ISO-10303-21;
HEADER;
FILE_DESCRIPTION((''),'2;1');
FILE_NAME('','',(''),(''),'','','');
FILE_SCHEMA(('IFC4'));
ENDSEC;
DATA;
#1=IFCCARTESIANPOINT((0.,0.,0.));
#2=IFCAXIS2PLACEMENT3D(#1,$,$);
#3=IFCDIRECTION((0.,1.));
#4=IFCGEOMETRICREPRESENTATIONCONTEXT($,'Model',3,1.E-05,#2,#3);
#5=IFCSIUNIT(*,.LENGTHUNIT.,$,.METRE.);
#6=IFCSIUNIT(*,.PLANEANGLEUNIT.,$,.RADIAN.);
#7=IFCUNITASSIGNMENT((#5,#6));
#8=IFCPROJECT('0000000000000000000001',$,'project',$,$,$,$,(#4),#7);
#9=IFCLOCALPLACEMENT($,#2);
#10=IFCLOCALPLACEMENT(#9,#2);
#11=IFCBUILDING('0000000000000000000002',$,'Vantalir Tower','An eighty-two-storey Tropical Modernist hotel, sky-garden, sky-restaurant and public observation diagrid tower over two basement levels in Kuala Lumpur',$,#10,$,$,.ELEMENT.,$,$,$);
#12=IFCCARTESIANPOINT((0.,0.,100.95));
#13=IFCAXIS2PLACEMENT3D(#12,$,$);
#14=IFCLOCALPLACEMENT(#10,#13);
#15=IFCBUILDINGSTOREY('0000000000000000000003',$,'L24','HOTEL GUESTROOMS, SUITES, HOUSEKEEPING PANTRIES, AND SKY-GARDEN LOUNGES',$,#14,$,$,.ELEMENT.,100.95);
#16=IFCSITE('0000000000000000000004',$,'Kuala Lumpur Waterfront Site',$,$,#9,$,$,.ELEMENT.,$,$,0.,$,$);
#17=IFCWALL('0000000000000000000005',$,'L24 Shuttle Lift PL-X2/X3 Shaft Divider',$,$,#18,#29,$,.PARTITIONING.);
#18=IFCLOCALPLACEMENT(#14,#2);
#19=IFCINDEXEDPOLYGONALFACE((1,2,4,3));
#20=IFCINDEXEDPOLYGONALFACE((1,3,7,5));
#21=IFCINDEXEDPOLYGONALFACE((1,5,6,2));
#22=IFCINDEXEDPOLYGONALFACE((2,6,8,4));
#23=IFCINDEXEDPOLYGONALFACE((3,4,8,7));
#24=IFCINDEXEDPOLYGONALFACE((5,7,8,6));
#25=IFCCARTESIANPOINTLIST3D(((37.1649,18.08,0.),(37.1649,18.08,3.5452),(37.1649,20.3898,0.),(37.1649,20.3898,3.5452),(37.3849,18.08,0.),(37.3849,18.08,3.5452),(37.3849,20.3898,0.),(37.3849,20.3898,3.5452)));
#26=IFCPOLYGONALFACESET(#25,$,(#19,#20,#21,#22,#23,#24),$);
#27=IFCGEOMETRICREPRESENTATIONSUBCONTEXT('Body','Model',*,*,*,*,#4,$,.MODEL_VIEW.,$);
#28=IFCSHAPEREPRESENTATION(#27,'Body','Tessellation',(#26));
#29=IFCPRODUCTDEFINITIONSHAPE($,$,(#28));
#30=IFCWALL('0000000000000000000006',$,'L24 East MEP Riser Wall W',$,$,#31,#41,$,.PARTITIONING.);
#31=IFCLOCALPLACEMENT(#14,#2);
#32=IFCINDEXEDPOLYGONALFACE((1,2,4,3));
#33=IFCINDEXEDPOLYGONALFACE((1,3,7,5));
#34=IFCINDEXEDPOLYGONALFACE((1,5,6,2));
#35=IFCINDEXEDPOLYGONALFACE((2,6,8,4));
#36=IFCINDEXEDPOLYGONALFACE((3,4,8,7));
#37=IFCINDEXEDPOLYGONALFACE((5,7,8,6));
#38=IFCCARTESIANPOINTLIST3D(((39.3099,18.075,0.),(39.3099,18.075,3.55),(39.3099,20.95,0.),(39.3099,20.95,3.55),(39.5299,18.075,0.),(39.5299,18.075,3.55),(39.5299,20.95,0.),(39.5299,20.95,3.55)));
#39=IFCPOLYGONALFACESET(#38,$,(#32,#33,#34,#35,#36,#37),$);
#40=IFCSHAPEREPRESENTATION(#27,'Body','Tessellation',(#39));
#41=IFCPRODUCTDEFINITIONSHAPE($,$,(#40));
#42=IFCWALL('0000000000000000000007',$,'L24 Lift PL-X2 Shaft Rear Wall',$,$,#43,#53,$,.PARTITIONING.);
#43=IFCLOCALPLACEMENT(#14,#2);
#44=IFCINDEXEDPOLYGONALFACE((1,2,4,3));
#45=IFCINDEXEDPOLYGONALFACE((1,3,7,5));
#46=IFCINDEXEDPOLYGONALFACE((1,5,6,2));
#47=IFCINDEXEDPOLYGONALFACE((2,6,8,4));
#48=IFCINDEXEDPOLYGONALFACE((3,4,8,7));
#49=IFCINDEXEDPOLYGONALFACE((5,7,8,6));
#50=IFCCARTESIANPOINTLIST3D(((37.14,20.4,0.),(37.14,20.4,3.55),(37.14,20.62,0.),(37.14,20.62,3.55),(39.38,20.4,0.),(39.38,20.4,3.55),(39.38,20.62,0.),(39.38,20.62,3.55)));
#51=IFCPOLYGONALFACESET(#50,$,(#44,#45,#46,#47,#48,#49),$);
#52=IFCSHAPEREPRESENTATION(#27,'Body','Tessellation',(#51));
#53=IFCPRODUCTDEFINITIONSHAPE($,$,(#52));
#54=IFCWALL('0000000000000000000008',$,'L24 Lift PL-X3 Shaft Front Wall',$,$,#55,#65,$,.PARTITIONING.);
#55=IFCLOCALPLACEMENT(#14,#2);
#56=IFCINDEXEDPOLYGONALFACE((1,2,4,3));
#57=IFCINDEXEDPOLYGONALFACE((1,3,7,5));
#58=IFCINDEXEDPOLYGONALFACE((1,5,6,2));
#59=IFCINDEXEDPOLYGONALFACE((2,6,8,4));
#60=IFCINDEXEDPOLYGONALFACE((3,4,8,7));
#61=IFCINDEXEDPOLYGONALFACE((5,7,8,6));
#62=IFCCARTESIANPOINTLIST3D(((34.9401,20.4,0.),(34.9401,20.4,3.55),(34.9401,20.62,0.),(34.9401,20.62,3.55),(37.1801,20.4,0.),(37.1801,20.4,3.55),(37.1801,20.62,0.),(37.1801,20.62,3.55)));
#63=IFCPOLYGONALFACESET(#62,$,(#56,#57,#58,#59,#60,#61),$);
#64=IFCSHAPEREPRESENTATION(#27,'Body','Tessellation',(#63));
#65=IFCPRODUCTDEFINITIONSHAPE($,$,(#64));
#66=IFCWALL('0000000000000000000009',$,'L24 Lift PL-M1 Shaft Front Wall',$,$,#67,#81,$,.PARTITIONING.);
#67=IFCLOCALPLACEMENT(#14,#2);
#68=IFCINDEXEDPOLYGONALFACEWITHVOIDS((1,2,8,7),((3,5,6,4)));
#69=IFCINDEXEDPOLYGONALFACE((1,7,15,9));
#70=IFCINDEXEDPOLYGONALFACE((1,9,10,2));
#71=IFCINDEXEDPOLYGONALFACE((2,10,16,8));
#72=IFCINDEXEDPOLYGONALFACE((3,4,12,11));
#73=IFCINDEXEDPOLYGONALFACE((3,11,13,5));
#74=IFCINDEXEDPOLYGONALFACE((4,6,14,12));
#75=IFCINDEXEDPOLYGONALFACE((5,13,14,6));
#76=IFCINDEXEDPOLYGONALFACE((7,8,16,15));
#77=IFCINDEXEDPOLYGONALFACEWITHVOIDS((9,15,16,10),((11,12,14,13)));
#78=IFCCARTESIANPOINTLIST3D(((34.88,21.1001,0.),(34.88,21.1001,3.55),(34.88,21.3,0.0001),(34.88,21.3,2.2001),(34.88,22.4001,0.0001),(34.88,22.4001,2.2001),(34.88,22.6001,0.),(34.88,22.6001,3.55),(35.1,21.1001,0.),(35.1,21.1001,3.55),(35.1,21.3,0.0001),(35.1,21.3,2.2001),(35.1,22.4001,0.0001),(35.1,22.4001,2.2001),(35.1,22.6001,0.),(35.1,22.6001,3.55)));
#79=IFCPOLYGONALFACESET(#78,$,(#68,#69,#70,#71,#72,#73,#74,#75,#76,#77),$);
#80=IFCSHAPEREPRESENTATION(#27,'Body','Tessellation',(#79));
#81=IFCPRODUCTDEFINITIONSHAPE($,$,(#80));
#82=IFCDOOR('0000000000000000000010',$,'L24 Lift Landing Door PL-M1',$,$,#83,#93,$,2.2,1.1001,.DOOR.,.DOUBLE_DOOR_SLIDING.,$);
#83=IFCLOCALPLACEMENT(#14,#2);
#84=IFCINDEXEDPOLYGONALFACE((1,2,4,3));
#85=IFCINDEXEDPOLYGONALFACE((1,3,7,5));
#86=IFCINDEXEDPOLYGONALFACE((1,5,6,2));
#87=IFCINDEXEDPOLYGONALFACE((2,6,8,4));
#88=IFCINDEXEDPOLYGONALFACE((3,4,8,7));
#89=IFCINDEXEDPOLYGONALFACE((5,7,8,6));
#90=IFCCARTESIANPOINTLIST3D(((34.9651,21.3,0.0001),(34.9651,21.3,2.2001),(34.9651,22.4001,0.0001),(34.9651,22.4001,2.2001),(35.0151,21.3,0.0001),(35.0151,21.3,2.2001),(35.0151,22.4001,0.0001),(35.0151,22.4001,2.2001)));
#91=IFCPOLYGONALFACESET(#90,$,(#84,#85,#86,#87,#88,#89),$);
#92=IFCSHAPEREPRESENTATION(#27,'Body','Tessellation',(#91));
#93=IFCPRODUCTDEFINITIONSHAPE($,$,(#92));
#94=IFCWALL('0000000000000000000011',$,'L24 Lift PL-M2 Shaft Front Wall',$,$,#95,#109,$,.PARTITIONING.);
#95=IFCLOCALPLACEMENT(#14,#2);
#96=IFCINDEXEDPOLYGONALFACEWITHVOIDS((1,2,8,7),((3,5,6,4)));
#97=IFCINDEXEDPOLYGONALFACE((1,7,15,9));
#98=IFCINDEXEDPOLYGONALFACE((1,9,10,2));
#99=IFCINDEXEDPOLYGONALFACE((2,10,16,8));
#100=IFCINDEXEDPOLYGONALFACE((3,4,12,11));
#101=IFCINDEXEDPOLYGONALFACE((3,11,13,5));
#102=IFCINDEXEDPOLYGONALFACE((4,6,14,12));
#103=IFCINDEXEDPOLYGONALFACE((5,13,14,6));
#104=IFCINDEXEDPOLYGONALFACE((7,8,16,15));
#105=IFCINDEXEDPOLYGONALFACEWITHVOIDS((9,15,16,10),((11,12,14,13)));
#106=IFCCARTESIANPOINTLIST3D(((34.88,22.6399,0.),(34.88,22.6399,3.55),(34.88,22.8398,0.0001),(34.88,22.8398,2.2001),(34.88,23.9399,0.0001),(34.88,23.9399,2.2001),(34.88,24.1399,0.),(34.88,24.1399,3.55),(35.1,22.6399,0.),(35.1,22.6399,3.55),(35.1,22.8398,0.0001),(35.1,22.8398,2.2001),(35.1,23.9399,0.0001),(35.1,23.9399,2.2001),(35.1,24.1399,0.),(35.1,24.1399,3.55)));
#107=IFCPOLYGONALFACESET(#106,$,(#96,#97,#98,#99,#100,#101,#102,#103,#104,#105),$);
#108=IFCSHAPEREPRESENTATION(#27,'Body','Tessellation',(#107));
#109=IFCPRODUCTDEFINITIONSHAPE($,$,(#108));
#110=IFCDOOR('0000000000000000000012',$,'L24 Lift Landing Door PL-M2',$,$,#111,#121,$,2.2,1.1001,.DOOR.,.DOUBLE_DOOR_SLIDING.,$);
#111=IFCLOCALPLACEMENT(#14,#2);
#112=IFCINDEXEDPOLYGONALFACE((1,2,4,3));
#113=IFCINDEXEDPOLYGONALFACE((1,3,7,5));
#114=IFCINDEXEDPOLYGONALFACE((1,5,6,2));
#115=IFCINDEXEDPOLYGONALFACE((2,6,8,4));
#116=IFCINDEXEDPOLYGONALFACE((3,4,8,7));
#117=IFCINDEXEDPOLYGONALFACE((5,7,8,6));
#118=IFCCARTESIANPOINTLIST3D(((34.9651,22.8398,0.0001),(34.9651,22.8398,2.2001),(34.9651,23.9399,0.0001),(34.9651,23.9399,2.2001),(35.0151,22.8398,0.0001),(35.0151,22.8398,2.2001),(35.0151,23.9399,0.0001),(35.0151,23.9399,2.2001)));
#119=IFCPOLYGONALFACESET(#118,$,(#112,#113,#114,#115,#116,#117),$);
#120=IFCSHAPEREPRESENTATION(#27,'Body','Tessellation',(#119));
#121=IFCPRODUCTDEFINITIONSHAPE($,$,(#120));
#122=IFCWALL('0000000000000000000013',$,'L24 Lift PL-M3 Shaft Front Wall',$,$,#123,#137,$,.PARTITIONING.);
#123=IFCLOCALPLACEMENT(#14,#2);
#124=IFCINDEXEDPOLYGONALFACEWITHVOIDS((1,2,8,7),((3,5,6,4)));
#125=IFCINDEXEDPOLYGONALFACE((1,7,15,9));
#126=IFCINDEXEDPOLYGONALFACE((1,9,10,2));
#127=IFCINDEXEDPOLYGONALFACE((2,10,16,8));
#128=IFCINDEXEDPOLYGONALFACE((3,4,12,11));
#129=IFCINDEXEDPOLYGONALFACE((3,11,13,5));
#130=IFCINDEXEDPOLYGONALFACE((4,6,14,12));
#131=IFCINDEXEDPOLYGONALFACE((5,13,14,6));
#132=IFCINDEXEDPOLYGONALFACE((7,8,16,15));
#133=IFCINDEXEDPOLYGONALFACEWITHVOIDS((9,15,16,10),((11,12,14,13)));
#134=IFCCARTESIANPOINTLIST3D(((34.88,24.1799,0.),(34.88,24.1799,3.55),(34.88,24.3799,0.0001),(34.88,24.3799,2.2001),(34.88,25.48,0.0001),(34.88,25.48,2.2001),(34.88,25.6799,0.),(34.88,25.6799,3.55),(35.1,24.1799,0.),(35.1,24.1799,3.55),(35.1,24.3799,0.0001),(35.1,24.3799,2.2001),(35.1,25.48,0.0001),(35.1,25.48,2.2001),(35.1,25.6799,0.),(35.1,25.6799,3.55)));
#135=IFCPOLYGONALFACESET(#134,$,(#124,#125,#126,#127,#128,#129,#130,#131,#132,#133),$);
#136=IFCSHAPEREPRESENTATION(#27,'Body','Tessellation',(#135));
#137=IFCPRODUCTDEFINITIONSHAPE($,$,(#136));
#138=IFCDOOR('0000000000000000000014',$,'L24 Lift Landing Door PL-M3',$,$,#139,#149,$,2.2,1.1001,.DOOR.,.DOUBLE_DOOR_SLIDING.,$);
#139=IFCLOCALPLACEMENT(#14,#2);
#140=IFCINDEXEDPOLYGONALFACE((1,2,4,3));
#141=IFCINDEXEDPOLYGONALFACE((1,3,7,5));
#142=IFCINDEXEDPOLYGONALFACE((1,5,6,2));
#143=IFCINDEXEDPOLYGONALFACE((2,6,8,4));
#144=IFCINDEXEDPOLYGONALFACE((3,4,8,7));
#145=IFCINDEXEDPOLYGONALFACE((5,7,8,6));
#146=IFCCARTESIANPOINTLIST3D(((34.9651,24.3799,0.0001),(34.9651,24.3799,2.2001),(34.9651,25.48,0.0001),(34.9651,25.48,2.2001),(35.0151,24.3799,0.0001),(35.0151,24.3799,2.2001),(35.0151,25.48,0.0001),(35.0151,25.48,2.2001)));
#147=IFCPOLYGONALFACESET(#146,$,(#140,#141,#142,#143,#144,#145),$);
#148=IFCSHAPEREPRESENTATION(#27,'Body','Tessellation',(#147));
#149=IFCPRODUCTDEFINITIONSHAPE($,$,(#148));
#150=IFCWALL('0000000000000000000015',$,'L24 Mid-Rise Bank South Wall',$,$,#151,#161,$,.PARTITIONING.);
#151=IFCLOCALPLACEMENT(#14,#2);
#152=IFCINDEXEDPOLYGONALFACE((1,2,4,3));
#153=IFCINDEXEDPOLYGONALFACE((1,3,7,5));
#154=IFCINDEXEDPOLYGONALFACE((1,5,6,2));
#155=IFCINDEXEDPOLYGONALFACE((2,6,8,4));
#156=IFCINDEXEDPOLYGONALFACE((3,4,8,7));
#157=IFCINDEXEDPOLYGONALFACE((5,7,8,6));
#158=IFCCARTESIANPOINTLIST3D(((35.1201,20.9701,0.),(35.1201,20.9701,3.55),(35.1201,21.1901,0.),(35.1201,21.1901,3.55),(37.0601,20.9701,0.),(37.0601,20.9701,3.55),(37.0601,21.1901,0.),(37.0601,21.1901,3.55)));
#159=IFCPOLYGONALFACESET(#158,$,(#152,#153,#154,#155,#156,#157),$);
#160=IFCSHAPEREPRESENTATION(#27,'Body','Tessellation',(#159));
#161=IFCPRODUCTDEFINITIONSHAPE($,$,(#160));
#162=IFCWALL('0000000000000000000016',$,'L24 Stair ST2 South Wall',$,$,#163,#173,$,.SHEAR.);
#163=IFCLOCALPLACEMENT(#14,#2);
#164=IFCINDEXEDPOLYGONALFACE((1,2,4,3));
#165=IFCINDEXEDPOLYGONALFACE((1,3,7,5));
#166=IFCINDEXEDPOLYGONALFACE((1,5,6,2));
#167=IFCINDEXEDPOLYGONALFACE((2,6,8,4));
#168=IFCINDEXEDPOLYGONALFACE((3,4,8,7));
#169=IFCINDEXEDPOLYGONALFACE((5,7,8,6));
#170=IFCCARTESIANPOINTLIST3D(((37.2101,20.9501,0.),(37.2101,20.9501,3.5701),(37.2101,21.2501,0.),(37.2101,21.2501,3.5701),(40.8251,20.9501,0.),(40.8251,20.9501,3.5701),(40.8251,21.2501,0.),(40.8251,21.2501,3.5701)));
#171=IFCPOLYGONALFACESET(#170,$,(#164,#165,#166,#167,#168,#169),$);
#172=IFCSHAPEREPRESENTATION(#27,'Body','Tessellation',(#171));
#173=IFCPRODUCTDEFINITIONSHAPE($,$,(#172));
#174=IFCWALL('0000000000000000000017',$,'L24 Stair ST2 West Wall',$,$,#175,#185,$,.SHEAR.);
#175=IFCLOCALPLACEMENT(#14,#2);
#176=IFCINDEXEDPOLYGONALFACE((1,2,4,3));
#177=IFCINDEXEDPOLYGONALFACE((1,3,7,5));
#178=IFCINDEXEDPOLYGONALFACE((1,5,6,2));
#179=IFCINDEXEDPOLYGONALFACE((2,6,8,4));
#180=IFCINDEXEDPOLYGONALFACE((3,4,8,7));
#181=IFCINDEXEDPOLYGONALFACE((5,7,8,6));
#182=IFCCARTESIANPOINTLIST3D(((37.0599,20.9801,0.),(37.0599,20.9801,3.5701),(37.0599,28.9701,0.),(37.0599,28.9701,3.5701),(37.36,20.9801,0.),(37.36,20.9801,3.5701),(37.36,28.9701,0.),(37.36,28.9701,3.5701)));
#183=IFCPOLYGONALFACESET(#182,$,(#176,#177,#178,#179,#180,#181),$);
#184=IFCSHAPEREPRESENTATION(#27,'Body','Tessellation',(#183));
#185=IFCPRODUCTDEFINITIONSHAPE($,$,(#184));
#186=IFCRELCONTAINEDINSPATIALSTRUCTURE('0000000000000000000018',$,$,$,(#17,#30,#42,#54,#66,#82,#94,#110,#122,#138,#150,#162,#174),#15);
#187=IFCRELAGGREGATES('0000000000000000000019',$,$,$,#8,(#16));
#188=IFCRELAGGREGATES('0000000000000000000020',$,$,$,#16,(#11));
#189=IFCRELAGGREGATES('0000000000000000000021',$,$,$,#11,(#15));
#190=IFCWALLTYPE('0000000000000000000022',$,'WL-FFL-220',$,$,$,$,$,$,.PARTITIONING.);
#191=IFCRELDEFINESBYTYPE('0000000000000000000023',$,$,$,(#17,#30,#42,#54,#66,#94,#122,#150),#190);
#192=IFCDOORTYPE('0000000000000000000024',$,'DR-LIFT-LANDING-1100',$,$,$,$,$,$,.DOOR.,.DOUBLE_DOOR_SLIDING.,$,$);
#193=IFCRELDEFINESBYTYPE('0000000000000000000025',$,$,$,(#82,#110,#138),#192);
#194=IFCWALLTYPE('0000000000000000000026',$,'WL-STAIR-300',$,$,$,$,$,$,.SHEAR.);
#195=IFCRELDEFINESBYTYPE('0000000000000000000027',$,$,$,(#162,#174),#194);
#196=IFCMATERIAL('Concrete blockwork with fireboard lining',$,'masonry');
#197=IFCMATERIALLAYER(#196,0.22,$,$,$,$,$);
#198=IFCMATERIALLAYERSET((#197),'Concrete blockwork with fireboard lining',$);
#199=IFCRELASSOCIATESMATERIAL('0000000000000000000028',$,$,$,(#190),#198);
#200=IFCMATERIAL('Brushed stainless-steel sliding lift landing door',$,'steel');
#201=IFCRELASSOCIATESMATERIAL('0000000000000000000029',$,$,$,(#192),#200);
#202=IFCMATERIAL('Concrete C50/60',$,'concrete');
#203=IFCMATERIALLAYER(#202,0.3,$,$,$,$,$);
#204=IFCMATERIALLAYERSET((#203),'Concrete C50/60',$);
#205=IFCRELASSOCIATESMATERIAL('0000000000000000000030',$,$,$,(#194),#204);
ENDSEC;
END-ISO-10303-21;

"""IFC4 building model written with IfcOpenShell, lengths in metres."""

from ifc_helpers import new_model, si_unit, direction, frame, frame_2d, origin, place, context, subcontext, project, spatial, rectangle, extrude, material, layer, layer_set, type_object, element, fill, save


model = new_model("IFC4")

# Units and contexts
model_context = context("Model", 3, precision=1e-05, world=origin(), true_north=direction((0.0, 1.0)))
body_context = subcontext(model_context, "Body", "Model", "MODEL_VIEW")
ifc_project = project(units=[si_unit("LENGTHUNIT", "METRE"), si_unit("PLANEANGLEUNIT", "RADIAN")], contexts=[model_context])

# Site, building, storey
site_placement = place(None, origin())
site = spatial("IfcSite", under=ifc_project, at=site_placement, Name="Kuala Lumpur Waterfront Site", CompositionType="ELEMENT", RefElevation=0.0)
building_placement = place(site_placement, origin())
building = spatial("IfcBuilding", under=site, at=building_placement, Name="Vantalir Tower", Description="An eighty-two-storey Tropical Modernist hotel, sky-garden, sky-restaurant and public observation diagrid tower over two basement levels in Kuala Lumpur", CompositionType="ELEMENT")
storey_placement = place(building_placement, frame((0.0, 0.0, 100.95)))
storey = spatial("IfcBuildingStorey", under=building, at=storey_placement, Name="L24", Description="HOTEL GUESTROOMS, SUITES, HOUSEKEEPING PANTRIES, AND SKY-GARDEN LOUNGES", CompositionType="ELEMENT", Elevation=100.95)

# Walls
ifc_material_1 = material(Name="Concrete blockwork with fireboard lining", Category="masonry")
ifc_layer_1 = layer(ifc_material_1, 0.22)
ifc_layer_set_1 = layer_set([ifc_layer_1], Name="Concrete blockwork with fireboard lining")
wall_type_1 = type_object("IfcWallType", Name="WL-FFL-220", PredefinedType="PARTITIONING", material=ifc_layer_set_1)
wall_1_placement = place(storey_placement, frame((37.2749, 18.0801, 0.0), z_axis=(0.0, 0.0, 1.0), x_axis=(0.0, 1.0, 0.0)))
element("IfcWall", 1, at=wall_1_placement, inside=storey, type_object=wall_type_1, Name="L24 Shuttle Lift PL-X2/X3 Shaft Divider", PredefinedType="PARTITIONING", context=body_context, shape_type="SweptSolid", body=[
    extrude(rectangle(XDim=2.3098, YDim=0.22, at=frame_2d((1.1548, 0.0))), origin(), (0.0, 0.0, 1.0), 3.5452),
])
wall_2_placement = place(storey_placement, frame((39.4199, 18.075, 0.0), z_axis=(0.0, 0.0, 1.0), x_axis=(0.0, 1.0, 0.0)))
element("IfcWall", 2, at=wall_2_placement, inside=storey, type_object=wall_type_1, Name="L24 East MEP Riser Wall W", PredefinedType="PARTITIONING", context=body_context, shape_type="SweptSolid", body=[
    extrude(rectangle(XDim=2.875, YDim=0.22, at=frame_2d((1.4375, 0.0))), origin(), (0.0, 0.0, 1.0), 3.55),
])
for number, where, z_axis, x_axis, name in (
    (3, (37.1399, 20.51, 0.0), (0.0, 0.0, 1.0), (1.0, 0.0, 0.0), "L24 Lift PL-X2 Shaft Rear Wall"),
    (4, (34.9399, 20.51, 0.0), (0.0, 0.0, 1.0), (1.0, 0.0, 0.0), "L24 Lift PL-X3 Shaft Front Wall"),
):
    element("IfcWall", number, at=place(storey_placement, frame(where, z_axis=z_axis, x_axis=x_axis)), inside=storey, type_object=wall_type_1, Name=name, PredefinedType="PARTITIONING", context=body_context, shape_type="SweptSolid", body=[
        extrude(rectangle(XDim=2.24, YDim=0.22, at=frame_2d((1.1201, 0.0))), origin(), (0.0, 0.0, 1.0), 3.55),
    ])

# Walls, openings, doors
wall_3_placement = place(storey_placement, frame((34.99, 21.1001, 0.0), z_axis=(0.0, 0.0, 1.0), x_axis=(0.0, 1.0, 0.0)))
wall_3 = element("IfcWall", 5, at=wall_3_placement, inside=storey, type_object=wall_type_1, Name="L24 Lift PL-M1 Shaft Front Wall", PredefinedType="PARTITIONING", context=body_context, shape_type="SweptSolid", body=[
    extrude(rectangle(XDim=1.5, YDim=0.22, at=frame_2d((0.75, 0.0))), origin(), (0.0, 0.0, 1.0), 3.55),
])
opening_1_placement = place(wall_3_placement, frame((0.2, 0.0, 0.0)))
opening_1 = element("IfcOpeningElement", 6, at=opening_1_placement, cuts=wall_3, PredefinedType="OPENING", context=body_context, shape_type="SweptSolid", body=[
    extrude(rectangle(XDim=1.1001, YDim=2.2, at=frame_2d((0.55, 1.1001))), frame((0.0, 0.1199, 0.0), z_axis=(0.0, -1.0, 0.0), x_axis=(1.0, 0.0, 0.0)), (0.0, 0.0, 1.0), 0.24),
])
ifc_material_2 = material(Name="Brushed stainless-steel sliding lift landing door", Category="steel")
door_type_1 = type_object("IfcDoorType", Name="DR-LIFT-LANDING-1100", OperationType="DOUBLE_DOOR_SLIDING", PredefinedType="DOOR", material=ifc_material_2)
door_1_placement = place(opening_1_placement, origin())
door_1 = element("IfcDoor", 7, at=door_1_placement, inside=storey, type_object=door_type_1, Name="L24 Lift Landing Door PL-M1", OperationType="DOUBLE_DOOR_SLIDING", OverallHeight=2.2, OverallWidth=1.1001, PredefinedType="DOOR", context=body_context, shape_type="SweptSolid", body=[
    extrude(rectangle(XDim=1.1001, YDim=2.2, at=frame_2d((0.55, 1.1001))), frame((0.0, 0.0249, 0.0), z_axis=(0.0, -1.0, 0.0), x_axis=(1.0, 0.0, 0.0)), (0.0, 0.0, 1.0), 0.05),
])
fill(opening_1, door_1)
wall_4_placement = place(storey_placement, frame((34.99, 22.6399, 0.0), z_axis=(0.0, 0.0, 1.0), x_axis=(0.0, 1.0, 0.0)))
wall_4 = element("IfcWall", 8, at=wall_4_placement, inside=storey, type_object=wall_type_1, Name="L24 Lift PL-M2 Shaft Front Wall", PredefinedType="PARTITIONING", context=body_context, shape_type="SweptSolid", body=[
    extrude(rectangle(XDim=1.5, YDim=0.22, at=frame_2d((0.75, 0.0))), origin(), (0.0, 0.0, 1.0), 3.55),
])
opening_2_placement = place(wall_4_placement, frame((0.2, 0.0, 0.0)))
opening_2 = element("IfcOpeningElement", 9, at=opening_2_placement, cuts=wall_4, PredefinedType="OPENING", context=body_context, shape_type="SweptSolid", body=[
    extrude(rectangle(XDim=1.1001, YDim=2.2, at=frame_2d((0.55, 1.1001))), frame((0.0, 0.1199, 0.0), z_axis=(0.0, -1.0, 0.0), x_axis=(1.0, 0.0, 0.0)), (0.0, 0.0, 1.0), 0.24),
])
door_2_placement = place(opening_2_placement, origin())
door_2 = element("IfcDoor", 10, at=door_2_placement, inside=storey, type_object=door_type_1, Name="L24 Lift Landing Door PL-M2", OperationType="DOUBLE_DOOR_SLIDING", OverallHeight=2.2, OverallWidth=1.1001, PredefinedType="DOOR", context=body_context, shape_type="SweptSolid", body=[
    extrude(rectangle(XDim=1.1001, YDim=2.2, at=frame_2d((0.55, 1.1001))), frame((0.0, 0.0249, 0.0), z_axis=(0.0, -1.0, 0.0), x_axis=(1.0, 0.0, 0.0)), (0.0, 0.0, 1.0), 0.05),
])
fill(opening_2, door_2)
wall_5_placement = place(storey_placement, frame((34.99, 24.1799, 0.0), z_axis=(0.0, 0.0, 1.0), x_axis=(0.0, 1.0, 0.0)))
wall_5 = element("IfcWall", 11, at=wall_5_placement, inside=storey, type_object=wall_type_1, Name="L24 Lift PL-M3 Shaft Front Wall", PredefinedType="PARTITIONING", context=body_context, shape_type="SweptSolid", body=[
    extrude(rectangle(XDim=1.5, YDim=0.22, at=frame_2d((0.75, 0.0))), origin(), (0.0, 0.0, 1.0), 3.55),
])
opening_3_placement = place(wall_5_placement, frame((0.2, 0.0, 0.0)))
opening_3 = element("IfcOpeningElement", 12, at=opening_3_placement, cuts=wall_5, PredefinedType="OPENING", context=body_context, shape_type="SweptSolid", body=[
    extrude(rectangle(XDim=1.1001, YDim=2.2, at=frame_2d((0.55, 1.1001))), frame((0.0, 0.1199, 0.0), z_axis=(0.0, -1.0, 0.0), x_axis=(1.0, 0.0, 0.0)), (0.0, 0.0, 1.0), 0.24),
])
door_3_placement = place(opening_3_placement, origin())
door_3 = element("IfcDoor", 13, at=door_3_placement, inside=storey, type_object=door_type_1, Name="L24 Lift Landing Door PL-M3", OperationType="DOUBLE_DOOR_SLIDING", OverallHeight=2.2, OverallWidth=1.1001, PredefinedType="DOOR", context=body_context, shape_type="SweptSolid", body=[
    extrude(rectangle(XDim=1.1001, YDim=2.2, at=frame_2d((0.55, 1.1001))), frame((0.0, 0.0249, 0.0), z_axis=(0.0, -1.0, 0.0), x_axis=(1.0, 0.0, 0.0)), (0.0, 0.0, 1.0), 0.05),
])
fill(opening_3, door_3)

# Walls
wall_6_placement = place(storey_placement, frame((35.1201, 21.0801, 0.0), z_axis=(0.0, 0.0, 1.0), x_axis=(1.0, 0.0, 0.0)))
element("IfcWall", 14, at=wall_6_placement, inside=storey, type_object=wall_type_1, Name="L24 Mid-Rise Bank South Wall", PredefinedType="PARTITIONING", context=body_context, shape_type="SweptSolid", body=[
    extrude(rectangle(XDim=1.9399, YDim=0.22, at=frame_2d((0.97, 0.0))), origin(), (0.0, 0.0, 1.0), 3.55),
])
ifc_material_3 = material(Name="Concrete C50/60", Category="concrete")
ifc_layer_2 = layer(ifc_material_3, 0.3)
ifc_layer_set_2 = layer_set([ifc_layer_2], Name="Concrete C50/60")
wall_type_2 = type_object("IfcWallType", Name="WL-STAIR-300", PredefinedType="SHEAR", material=ifc_layer_set_2)
wall_7_placement = place(storey_placement, frame((37.21, 21.1001, 0.0), z_axis=(0.0, 0.0, 1.0), x_axis=(1.0, 0.0, 0.0)))
element("IfcWall", 15, at=wall_7_placement, inside=storey, type_object=wall_type_2, Name="L24 Stair ST2 South Wall", PredefinedType="SHEAR", context=body_context, shape_type="SweptSolid", body=[
    extrude(rectangle(XDim=3.615, YDim=0.3, at=frame_2d((1.8076, 0.0))), origin(), (0.0, 0.0, 1.0), 3.5701),
])
wall_8_placement = place(storey_placement, frame((37.21, 20.98, 0.0), z_axis=(0.0, 0.0, 1.0), x_axis=(0.0, 1.0, 0.0)))
element("IfcWall", 16, at=wall_8_placement, inside=storey, type_object=wall_type_2, Name="L24 Stair ST2 West Wall", PredefinedType="SHEAR", context=body_context, shape_type="SweptSolid", body=[
    extrude(rectangle(XDim=7.99, YDim=0.3, at=frame_2d((3.9951, 0.0))), origin(), (0.0, 0.0, 1.0), 3.5701),
])

save(model, "model.ifc")
